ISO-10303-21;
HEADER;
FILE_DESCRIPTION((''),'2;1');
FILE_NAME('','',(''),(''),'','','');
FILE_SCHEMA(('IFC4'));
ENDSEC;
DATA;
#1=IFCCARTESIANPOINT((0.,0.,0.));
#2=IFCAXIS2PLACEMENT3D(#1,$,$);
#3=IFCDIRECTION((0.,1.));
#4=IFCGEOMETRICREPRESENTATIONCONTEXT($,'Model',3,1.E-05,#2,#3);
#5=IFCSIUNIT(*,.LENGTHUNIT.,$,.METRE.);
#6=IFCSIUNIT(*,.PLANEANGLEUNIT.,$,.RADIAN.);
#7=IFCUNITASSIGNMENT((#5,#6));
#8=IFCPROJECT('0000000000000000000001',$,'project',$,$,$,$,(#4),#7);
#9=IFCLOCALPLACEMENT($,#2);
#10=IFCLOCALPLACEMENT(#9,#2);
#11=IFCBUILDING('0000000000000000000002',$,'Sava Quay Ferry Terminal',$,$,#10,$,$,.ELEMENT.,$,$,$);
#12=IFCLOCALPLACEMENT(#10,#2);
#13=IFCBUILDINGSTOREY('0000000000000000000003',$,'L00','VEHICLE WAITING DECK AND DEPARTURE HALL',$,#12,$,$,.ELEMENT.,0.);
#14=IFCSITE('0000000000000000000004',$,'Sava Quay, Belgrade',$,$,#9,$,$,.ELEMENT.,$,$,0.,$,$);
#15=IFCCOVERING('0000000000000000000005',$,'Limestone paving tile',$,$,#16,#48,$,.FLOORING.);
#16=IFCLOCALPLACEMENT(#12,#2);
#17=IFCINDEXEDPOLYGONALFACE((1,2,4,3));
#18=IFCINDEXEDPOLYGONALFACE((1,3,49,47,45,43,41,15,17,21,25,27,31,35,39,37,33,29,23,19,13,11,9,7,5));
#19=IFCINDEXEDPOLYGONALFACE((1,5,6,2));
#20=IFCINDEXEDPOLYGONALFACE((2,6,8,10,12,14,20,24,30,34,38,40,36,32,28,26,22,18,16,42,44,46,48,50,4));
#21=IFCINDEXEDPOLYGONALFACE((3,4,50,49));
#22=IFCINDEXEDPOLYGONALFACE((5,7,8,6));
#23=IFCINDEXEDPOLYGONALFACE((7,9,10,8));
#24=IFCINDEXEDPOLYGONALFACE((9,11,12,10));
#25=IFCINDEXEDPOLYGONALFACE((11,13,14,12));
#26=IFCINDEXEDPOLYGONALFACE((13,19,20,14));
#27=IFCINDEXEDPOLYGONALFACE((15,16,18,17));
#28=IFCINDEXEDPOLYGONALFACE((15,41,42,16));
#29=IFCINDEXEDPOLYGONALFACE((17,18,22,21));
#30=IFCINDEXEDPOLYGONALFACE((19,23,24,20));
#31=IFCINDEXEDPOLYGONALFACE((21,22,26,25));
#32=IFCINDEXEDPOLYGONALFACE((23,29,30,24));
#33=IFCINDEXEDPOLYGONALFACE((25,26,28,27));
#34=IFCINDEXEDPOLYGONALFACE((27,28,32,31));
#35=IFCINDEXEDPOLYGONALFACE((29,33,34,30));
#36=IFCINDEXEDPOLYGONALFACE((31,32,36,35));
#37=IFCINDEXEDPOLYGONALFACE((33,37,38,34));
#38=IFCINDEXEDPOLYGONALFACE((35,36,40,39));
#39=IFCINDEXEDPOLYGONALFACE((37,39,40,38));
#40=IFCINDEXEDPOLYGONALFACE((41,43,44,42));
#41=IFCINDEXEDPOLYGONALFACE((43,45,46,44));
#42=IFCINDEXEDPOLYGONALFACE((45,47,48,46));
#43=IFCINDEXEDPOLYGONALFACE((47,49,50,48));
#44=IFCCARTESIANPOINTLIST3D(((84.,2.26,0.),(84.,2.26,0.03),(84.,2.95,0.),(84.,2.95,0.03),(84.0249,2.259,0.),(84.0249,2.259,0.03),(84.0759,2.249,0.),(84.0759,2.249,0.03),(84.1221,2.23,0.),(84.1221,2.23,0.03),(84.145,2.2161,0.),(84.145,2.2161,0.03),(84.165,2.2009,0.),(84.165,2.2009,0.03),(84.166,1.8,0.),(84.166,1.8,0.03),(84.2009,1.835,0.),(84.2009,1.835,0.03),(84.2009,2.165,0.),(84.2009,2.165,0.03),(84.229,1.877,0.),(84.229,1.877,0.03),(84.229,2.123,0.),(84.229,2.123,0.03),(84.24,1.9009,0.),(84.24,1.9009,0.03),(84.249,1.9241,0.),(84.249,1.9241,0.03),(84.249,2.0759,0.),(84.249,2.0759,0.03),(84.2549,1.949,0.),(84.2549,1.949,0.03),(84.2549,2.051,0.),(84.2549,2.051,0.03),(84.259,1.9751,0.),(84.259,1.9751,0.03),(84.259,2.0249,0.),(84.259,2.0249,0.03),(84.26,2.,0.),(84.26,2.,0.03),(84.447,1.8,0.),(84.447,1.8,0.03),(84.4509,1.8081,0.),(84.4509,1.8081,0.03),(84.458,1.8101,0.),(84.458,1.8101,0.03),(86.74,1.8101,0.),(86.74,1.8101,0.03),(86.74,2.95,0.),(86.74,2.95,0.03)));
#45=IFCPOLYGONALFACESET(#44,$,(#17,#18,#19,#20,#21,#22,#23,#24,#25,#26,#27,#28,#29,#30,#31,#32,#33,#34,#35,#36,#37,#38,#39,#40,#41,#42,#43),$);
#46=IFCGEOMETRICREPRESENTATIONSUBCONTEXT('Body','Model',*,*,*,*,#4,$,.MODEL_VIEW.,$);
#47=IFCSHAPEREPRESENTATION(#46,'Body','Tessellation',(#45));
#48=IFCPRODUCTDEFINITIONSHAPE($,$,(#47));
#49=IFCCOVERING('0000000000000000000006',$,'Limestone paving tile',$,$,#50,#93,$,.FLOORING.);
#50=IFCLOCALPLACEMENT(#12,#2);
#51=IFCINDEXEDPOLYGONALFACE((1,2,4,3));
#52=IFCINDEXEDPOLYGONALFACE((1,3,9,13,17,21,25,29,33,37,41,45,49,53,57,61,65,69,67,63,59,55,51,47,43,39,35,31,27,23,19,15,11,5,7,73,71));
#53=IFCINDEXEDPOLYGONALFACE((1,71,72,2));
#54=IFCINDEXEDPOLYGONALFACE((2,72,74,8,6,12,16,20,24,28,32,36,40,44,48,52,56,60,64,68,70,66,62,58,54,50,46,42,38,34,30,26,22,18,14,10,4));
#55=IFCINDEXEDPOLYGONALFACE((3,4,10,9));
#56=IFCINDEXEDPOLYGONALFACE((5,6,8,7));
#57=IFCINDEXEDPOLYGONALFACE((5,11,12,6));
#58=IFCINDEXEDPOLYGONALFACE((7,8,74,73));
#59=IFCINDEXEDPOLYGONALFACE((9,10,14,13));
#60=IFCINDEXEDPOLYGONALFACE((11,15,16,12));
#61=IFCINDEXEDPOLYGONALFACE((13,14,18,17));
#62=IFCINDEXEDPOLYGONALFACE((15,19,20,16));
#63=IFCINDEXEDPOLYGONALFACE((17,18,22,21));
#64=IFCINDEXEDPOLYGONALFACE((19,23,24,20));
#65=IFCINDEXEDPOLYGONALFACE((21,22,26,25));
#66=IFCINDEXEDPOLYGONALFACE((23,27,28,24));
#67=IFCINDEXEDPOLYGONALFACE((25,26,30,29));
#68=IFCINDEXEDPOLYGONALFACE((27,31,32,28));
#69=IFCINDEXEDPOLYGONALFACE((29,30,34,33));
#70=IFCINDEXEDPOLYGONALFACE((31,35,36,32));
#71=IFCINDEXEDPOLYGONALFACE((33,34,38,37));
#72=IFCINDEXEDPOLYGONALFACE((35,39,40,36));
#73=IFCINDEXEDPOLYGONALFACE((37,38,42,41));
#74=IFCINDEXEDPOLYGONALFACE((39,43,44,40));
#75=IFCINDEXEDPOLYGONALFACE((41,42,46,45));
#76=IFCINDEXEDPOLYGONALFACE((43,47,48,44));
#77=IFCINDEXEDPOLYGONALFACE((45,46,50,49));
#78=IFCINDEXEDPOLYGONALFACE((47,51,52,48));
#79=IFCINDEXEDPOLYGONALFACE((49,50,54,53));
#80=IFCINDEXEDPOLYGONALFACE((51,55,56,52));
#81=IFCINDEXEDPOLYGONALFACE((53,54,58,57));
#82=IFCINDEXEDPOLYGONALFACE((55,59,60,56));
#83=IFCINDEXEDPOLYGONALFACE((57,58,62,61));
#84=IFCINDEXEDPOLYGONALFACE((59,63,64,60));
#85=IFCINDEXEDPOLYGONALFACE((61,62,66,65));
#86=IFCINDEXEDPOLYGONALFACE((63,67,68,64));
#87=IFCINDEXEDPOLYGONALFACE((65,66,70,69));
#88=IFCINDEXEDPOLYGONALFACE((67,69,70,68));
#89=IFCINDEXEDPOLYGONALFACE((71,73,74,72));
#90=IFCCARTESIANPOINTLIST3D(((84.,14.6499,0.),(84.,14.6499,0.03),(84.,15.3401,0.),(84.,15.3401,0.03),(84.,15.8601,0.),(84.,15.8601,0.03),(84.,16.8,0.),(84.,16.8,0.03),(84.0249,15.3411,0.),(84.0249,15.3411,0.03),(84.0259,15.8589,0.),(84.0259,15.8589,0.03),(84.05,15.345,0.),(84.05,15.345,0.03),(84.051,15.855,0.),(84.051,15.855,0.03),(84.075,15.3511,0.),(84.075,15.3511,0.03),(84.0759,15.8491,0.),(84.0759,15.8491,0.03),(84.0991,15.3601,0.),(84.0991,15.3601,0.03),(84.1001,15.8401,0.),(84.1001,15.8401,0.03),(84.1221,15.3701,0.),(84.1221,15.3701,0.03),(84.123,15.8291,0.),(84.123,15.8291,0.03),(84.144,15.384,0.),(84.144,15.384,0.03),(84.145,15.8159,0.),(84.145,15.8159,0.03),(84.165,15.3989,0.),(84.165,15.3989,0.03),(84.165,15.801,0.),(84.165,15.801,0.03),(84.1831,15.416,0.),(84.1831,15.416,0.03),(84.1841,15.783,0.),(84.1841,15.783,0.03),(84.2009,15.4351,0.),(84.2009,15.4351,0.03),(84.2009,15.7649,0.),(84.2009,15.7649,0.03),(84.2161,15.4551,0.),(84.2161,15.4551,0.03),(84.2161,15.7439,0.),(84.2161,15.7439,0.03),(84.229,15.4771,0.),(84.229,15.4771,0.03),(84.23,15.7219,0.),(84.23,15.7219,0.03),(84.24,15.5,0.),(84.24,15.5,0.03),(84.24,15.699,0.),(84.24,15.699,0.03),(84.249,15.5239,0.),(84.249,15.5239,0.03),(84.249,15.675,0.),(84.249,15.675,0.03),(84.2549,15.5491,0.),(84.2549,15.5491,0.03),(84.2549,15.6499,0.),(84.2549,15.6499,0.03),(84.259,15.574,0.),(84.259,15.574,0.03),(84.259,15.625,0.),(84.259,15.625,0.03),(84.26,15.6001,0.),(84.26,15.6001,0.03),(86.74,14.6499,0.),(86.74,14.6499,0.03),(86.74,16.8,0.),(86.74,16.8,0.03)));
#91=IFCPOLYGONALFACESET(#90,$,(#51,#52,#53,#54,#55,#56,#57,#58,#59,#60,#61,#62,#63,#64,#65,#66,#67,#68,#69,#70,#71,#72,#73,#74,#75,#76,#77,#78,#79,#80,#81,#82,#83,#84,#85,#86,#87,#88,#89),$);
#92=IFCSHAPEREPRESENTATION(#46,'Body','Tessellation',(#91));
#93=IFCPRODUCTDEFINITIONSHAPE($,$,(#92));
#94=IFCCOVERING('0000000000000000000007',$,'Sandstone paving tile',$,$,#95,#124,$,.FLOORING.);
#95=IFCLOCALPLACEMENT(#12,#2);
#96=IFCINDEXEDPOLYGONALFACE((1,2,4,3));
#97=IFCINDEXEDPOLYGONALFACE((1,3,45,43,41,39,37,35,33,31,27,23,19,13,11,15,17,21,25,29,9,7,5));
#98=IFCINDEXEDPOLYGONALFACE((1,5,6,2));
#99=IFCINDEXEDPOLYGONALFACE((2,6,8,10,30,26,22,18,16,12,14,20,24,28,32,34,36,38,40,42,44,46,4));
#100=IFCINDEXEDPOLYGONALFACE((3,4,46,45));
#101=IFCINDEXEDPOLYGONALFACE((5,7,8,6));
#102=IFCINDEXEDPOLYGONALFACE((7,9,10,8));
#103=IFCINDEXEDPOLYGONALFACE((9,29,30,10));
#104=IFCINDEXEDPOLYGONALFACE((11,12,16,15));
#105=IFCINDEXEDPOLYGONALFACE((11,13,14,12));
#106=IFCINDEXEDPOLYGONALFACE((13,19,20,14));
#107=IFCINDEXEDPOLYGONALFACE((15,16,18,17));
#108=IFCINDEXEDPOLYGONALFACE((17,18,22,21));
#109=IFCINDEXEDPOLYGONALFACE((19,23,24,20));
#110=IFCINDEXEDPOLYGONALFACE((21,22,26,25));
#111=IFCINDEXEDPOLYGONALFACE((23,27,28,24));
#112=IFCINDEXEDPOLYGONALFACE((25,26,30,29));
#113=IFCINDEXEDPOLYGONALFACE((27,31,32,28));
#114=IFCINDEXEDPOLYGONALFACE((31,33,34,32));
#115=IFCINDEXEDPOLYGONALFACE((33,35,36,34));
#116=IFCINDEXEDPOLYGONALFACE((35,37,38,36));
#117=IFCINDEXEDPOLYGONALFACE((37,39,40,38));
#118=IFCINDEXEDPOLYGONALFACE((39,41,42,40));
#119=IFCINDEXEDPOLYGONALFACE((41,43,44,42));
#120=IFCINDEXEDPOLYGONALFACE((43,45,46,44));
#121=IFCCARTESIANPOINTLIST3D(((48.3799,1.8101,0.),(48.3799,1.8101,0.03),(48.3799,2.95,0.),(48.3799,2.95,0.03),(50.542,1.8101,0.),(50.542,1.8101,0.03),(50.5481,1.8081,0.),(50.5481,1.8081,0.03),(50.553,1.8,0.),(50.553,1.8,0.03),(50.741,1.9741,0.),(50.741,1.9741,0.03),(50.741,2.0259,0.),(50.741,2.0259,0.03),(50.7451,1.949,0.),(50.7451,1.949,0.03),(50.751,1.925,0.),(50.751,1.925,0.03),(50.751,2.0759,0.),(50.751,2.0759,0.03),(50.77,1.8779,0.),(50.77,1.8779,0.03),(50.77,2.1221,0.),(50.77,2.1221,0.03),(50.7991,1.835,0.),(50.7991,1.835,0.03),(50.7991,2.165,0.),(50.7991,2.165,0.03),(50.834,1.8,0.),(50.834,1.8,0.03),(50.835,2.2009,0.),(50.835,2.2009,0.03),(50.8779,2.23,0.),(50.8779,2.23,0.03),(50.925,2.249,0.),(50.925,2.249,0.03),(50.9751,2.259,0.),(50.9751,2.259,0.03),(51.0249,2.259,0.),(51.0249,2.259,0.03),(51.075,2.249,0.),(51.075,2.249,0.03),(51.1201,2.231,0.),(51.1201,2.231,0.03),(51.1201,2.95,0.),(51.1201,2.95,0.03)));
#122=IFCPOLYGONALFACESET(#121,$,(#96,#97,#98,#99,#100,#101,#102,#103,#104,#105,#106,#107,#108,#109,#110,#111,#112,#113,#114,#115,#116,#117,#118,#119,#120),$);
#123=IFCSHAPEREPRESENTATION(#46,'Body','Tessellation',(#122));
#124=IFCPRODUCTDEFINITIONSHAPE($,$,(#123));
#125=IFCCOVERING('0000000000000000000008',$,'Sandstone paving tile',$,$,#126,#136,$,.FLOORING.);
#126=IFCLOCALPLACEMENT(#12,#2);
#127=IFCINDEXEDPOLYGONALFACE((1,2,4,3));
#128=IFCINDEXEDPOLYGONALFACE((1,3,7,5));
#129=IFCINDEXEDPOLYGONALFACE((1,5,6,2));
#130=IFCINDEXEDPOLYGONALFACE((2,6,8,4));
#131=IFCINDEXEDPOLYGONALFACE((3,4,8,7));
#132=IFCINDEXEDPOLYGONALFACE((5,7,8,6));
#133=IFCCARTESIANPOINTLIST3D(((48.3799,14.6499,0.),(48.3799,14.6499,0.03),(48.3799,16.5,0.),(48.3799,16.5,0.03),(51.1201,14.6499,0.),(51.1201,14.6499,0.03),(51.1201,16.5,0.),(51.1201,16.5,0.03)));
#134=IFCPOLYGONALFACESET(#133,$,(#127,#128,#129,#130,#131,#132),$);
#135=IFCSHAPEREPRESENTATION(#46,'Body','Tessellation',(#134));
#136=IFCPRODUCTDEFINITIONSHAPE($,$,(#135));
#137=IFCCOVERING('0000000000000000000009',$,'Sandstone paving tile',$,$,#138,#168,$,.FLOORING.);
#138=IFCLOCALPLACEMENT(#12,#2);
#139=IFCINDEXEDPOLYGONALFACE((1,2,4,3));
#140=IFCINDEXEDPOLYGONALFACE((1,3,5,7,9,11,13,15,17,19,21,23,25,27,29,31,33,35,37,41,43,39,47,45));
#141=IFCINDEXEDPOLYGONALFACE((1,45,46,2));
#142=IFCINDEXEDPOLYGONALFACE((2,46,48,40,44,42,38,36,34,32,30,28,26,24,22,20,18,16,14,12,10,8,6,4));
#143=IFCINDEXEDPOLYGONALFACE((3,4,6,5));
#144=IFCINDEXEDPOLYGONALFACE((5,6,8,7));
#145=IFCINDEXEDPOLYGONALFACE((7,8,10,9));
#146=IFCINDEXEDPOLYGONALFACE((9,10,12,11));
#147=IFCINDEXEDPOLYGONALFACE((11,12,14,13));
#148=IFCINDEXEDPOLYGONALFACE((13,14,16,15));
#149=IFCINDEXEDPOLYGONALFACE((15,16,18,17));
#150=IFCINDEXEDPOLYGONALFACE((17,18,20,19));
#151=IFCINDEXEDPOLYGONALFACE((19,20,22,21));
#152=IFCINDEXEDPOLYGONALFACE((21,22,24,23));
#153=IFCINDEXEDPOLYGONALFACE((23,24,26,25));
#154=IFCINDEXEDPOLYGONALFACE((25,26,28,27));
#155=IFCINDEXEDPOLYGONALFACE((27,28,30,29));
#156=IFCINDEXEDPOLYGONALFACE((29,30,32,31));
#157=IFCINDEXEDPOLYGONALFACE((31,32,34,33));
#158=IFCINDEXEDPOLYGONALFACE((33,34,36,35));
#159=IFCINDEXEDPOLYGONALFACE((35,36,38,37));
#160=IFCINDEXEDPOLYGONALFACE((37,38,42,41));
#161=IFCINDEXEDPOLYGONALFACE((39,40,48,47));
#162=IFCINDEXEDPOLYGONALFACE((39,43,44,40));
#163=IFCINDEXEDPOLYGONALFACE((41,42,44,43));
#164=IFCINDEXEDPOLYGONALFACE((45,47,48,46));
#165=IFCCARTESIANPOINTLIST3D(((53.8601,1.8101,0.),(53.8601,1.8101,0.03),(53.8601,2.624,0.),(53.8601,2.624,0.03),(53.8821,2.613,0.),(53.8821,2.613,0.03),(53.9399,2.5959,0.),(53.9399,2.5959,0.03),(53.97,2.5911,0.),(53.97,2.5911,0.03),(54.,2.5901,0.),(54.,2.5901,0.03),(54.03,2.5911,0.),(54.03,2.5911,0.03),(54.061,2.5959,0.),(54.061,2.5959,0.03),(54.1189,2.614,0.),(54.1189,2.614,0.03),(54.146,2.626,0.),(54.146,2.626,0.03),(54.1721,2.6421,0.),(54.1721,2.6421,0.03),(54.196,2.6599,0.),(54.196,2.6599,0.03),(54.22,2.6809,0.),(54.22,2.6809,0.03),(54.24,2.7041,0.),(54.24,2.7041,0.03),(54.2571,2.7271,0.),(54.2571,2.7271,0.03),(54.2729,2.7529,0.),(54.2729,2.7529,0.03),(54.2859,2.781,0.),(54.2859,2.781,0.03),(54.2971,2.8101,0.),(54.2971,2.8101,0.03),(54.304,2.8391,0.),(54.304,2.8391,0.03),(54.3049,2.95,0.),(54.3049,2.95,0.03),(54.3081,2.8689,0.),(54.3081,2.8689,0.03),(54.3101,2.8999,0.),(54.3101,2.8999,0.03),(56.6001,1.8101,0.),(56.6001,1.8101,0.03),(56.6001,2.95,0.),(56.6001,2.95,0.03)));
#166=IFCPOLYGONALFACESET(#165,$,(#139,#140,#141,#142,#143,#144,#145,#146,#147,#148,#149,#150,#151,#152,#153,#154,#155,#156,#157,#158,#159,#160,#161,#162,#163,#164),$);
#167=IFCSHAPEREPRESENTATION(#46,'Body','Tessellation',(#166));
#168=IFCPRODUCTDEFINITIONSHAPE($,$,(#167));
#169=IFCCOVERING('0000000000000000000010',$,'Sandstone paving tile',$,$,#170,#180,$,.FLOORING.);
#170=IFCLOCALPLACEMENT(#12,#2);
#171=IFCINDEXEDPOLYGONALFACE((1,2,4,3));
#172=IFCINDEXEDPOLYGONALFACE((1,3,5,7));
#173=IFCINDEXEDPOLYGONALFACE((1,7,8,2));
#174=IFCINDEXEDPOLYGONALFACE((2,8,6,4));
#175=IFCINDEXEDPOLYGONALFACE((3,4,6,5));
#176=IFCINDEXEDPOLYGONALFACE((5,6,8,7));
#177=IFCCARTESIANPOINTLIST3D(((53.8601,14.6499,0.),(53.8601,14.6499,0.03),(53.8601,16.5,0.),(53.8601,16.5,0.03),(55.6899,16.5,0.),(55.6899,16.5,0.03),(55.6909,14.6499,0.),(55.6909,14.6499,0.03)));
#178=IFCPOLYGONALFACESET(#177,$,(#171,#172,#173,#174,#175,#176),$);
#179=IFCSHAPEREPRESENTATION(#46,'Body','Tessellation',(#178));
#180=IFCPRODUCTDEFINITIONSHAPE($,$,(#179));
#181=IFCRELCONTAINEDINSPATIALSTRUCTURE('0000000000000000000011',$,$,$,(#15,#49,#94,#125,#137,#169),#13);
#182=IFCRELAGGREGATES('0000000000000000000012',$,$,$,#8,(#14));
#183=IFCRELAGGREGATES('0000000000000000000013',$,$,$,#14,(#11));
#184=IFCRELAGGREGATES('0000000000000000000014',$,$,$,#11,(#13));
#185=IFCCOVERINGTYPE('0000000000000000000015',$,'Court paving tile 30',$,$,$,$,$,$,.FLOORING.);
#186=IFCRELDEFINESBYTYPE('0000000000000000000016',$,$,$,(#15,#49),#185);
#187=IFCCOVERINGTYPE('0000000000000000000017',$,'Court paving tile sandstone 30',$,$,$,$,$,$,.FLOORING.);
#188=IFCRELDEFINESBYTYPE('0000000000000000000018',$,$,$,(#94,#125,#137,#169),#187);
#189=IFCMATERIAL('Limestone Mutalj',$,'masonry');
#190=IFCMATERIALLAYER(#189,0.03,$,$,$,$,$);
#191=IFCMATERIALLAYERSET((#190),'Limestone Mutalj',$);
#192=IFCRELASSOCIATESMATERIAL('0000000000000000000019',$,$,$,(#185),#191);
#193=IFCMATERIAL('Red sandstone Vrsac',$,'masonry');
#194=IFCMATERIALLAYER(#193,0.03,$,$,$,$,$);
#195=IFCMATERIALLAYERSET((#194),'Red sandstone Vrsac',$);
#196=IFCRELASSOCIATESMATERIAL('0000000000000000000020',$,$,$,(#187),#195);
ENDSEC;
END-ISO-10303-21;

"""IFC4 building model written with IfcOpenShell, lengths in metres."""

from ifc_helpers import new_model, si_unit, direction, origin, place, context, subcontext, project, spatial, polyline, outline, extrude, material, layer, layer_set, type_object, element, save


model = new_model("IFC4")

# Units and contexts
model_context = context("Model", 3, precision=1e-05, world=origin(), true_north=direction((0.0, 1.0)))
body_context = subcontext(model_context, "Body", "Model", "MODEL_VIEW")
ifc_project = project(units=[si_unit("LENGTHUNIT", "METRE"), si_unit("PLANEANGLEUNIT", "RADIAN")], contexts=[model_context])

# Site, building, storey
site_placement = place(None, origin())
site = spatial("IfcSite", under=ifc_project, at=site_placement, Name="Sava Quay, Belgrade", CompositionType="ELEMENT", RefElevation=0.0)
building_placement = place(site_placement, origin())
building = spatial("IfcBuilding", under=site, at=building_placement, Name="Sava Quay Ferry Terminal", CompositionType="ELEMENT")
storey_placement = place(building_placement, origin())
storey = spatial("IfcBuildingStorey", under=building, at=storey_placement, Name="L00", Description="VEHICLE WAITING DECK AND DEPARTURE HALL", CompositionType="ELEMENT", Elevation=0.0)

# Coverings
ifc_material_1 = material(Name="Limestone Mutalj", Category="masonry")
ifc_layer_1 = layer(ifc_material_1, 0.03)
ifc_layer_set_1 = layer_set([ifc_layer_1], Name="Limestone Mutalj")
covering_type_1 = type_object("IfcCoveringType", Name="Court paving tile 30", PredefinedType="FLOORING", material=ifc_layer_set_1)
covering_1_placement = place(storey_placement, origin())
element("IfcCovering", 1, at=covering_1_placement, inside=storey, type_object=covering_type_1, Name="Limestone paving tile", PredefinedType="FLOORING", context=body_context, shape_type="SweptSolid", body=[
    extrude(outline(polyline([(84.458, 1.8101), (86.74, 1.8101), (86.74, 2.95), (84.0, 2.95), (84.0, 2.26), (84.0249, 2.259), (84.0759, 2.249), (84.1221, 2.23), (84.145, 2.2161), (84.165, 2.2009), (84.2009, 2.165), (84.229, 2.123), (84.249, 2.0759), (84.2549, 2.051), (84.259, 2.0249), (84.26, 2.0), (84.259, 1.9751), (84.2549, 1.949), (84.249, 1.9241), (84.24, 1.9009), (84.229, 1.877), (84.2009, 1.835), (84.166, 1.8), (84.447, 1.8), (84.4509, 1.8081), (84.458, 1.8101)])), origin(), (0.0, 0.0, 1.0), 0.03),
])
covering_2_placement = place(storey_placement, origin())
element("IfcCovering", 2, at=covering_2_placement, inside=storey, type_object=covering_type_1, Name="Limestone paving tile", PredefinedType="FLOORING", context=body_context, shape_type="SweptSolid", body=[
    extrude(outline(polyline([(86.74, 16.8), (84.0, 16.8), (84.0, 15.8601), (84.0259, 15.8589), (84.051, 15.855), (84.0759, 15.8491), (84.1001, 15.8401), (84.123, 15.8291), (84.145, 15.8159), (84.165, 15.801), (84.1841, 15.783), (84.2009, 15.7649), (84.2161, 15.7439), (84.23, 15.7219), (84.24, 15.699), (84.249, 15.675), (84.2549, 15.6499), (84.259, 15.625), (84.26, 15.6001), (84.259, 15.574), (84.2549, 15.5491), (84.249, 15.5239), (84.24, 15.5), (84.229, 15.4771), (84.2161, 15.4551), (84.2009, 15.4351), (84.1831, 15.416), (84.165, 15.3989), (84.144, 15.384), (84.1221, 15.3701), (84.0991, 15.3601), (84.075, 15.3511), (84.05, 15.345), (84.0249, 15.3411), (84.0, 15.3401), (84.0, 14.6499), (86.74, 14.6499), (86.74, 16.8)])), origin(), (0.0, 0.0, 1.0), 0.03),
])
ifc_material_2 = material(Name="Red sandstone Vrsac", Category="masonry")
ifc_layer_2 = layer(ifc_material_2, 0.03)
ifc_layer_set_2 = layer_set([ifc_layer_2], Name="Red sandstone Vrsac")
covering_type_2 = type_object("IfcCoveringType", Name="Court paving tile sandstone 30", PredefinedType="FLOORING", material=ifc_layer_set_2)
covering_3_placement = place(storey_placement, origin())
element("IfcCovering", 3, at=covering_3_placement, inside=storey, type_object=covering_type_2, Name="Sandstone paving tile", PredefinedType="FLOORING", context=body_context, shape_type="SweptSolid", body=[
    extrude(outline(polyline([(51.1201, 2.231), (51.1201, 2.95), (48.3799, 2.95), (48.3799, 1.8101), (50.542, 1.8101), (50.5481, 1.8081), (50.553, 1.8), (50.834, 1.8), (50.7991, 1.835), (50.77, 1.8779), (50.751, 1.925), (50.7451, 1.949), (50.741, 1.9741), (50.741, 2.0259), (50.751, 2.0759), (50.77, 2.1221), (50.7991, 2.165), (50.835, 2.2009), (50.8779, 2.23), (50.925, 2.249), (50.9751, 2.259), (51.0249, 2.259), (51.075, 2.249), (51.1201, 2.231)])), origin(), (0.0, 0.0, 1.0), 0.03),
])
covering_4_placement = place(storey_placement, origin())
element("IfcCovering", 4, at=covering_4_placement, inside=storey, type_object=covering_type_2, Name="Sandstone paving tile", PredefinedType="FLOORING", context=body_context, shape_type="SweptSolid", body=[
    extrude(outline(polyline([(48.3799, 16.5), (48.3799, 14.6499), (51.1201, 14.6499), (51.1201, 16.5), (48.3799, 16.5)])), origin(), (0.0, 0.0, 1.0), 0.03),
])
covering_5_placement = place(storey_placement, origin())
element("IfcCovering", 5, at=covering_5_placement, inside=storey, type_object=covering_type_2, Name="Sandstone paving tile", PredefinedType="FLOORING", context=body_context, shape_type="SweptSolid", body=[
    extrude(outline(polyline([(53.8601, 1.8101), (56.6001, 1.8101), (56.6001, 2.95), (54.3049, 2.95), (54.3101, 2.8999), (54.3081, 2.8689), (54.304, 2.8391), (54.2971, 2.8101), (54.2859, 2.781), (54.2729, 2.7529), (54.2571, 2.7271), (54.24, 2.7041), (54.22, 2.6809), (54.196, 2.6599), (54.1721, 2.6421), (54.146, 2.626), (54.1189, 2.614), (54.061, 2.5959), (54.03, 2.5911), (54.0, 2.5901), (53.97, 2.5911), (53.9399, 2.5959), (53.8821, 2.613), (53.8601, 2.624), (53.8601, 1.8101)])), origin(), (0.0, 0.0, 1.0), 0.03),
])
covering_6_placement = place(storey_placement, origin())
element("IfcCovering", 6, at=covering_6_placement, inside=storey, type_object=covering_type_2, Name="Sandstone paving tile", PredefinedType="FLOORING", context=body_context, shape_type="SweptSolid", body=[
    extrude(outline(polyline([(53.8601, 16.5), (53.8601, 14.6499), (55.6909, 14.6499), (55.6899, 16.5), (53.8601, 16.5)])), origin(), (0.0, 0.0, 1.0), 0.03),
])

save(model, "model.ifc")
